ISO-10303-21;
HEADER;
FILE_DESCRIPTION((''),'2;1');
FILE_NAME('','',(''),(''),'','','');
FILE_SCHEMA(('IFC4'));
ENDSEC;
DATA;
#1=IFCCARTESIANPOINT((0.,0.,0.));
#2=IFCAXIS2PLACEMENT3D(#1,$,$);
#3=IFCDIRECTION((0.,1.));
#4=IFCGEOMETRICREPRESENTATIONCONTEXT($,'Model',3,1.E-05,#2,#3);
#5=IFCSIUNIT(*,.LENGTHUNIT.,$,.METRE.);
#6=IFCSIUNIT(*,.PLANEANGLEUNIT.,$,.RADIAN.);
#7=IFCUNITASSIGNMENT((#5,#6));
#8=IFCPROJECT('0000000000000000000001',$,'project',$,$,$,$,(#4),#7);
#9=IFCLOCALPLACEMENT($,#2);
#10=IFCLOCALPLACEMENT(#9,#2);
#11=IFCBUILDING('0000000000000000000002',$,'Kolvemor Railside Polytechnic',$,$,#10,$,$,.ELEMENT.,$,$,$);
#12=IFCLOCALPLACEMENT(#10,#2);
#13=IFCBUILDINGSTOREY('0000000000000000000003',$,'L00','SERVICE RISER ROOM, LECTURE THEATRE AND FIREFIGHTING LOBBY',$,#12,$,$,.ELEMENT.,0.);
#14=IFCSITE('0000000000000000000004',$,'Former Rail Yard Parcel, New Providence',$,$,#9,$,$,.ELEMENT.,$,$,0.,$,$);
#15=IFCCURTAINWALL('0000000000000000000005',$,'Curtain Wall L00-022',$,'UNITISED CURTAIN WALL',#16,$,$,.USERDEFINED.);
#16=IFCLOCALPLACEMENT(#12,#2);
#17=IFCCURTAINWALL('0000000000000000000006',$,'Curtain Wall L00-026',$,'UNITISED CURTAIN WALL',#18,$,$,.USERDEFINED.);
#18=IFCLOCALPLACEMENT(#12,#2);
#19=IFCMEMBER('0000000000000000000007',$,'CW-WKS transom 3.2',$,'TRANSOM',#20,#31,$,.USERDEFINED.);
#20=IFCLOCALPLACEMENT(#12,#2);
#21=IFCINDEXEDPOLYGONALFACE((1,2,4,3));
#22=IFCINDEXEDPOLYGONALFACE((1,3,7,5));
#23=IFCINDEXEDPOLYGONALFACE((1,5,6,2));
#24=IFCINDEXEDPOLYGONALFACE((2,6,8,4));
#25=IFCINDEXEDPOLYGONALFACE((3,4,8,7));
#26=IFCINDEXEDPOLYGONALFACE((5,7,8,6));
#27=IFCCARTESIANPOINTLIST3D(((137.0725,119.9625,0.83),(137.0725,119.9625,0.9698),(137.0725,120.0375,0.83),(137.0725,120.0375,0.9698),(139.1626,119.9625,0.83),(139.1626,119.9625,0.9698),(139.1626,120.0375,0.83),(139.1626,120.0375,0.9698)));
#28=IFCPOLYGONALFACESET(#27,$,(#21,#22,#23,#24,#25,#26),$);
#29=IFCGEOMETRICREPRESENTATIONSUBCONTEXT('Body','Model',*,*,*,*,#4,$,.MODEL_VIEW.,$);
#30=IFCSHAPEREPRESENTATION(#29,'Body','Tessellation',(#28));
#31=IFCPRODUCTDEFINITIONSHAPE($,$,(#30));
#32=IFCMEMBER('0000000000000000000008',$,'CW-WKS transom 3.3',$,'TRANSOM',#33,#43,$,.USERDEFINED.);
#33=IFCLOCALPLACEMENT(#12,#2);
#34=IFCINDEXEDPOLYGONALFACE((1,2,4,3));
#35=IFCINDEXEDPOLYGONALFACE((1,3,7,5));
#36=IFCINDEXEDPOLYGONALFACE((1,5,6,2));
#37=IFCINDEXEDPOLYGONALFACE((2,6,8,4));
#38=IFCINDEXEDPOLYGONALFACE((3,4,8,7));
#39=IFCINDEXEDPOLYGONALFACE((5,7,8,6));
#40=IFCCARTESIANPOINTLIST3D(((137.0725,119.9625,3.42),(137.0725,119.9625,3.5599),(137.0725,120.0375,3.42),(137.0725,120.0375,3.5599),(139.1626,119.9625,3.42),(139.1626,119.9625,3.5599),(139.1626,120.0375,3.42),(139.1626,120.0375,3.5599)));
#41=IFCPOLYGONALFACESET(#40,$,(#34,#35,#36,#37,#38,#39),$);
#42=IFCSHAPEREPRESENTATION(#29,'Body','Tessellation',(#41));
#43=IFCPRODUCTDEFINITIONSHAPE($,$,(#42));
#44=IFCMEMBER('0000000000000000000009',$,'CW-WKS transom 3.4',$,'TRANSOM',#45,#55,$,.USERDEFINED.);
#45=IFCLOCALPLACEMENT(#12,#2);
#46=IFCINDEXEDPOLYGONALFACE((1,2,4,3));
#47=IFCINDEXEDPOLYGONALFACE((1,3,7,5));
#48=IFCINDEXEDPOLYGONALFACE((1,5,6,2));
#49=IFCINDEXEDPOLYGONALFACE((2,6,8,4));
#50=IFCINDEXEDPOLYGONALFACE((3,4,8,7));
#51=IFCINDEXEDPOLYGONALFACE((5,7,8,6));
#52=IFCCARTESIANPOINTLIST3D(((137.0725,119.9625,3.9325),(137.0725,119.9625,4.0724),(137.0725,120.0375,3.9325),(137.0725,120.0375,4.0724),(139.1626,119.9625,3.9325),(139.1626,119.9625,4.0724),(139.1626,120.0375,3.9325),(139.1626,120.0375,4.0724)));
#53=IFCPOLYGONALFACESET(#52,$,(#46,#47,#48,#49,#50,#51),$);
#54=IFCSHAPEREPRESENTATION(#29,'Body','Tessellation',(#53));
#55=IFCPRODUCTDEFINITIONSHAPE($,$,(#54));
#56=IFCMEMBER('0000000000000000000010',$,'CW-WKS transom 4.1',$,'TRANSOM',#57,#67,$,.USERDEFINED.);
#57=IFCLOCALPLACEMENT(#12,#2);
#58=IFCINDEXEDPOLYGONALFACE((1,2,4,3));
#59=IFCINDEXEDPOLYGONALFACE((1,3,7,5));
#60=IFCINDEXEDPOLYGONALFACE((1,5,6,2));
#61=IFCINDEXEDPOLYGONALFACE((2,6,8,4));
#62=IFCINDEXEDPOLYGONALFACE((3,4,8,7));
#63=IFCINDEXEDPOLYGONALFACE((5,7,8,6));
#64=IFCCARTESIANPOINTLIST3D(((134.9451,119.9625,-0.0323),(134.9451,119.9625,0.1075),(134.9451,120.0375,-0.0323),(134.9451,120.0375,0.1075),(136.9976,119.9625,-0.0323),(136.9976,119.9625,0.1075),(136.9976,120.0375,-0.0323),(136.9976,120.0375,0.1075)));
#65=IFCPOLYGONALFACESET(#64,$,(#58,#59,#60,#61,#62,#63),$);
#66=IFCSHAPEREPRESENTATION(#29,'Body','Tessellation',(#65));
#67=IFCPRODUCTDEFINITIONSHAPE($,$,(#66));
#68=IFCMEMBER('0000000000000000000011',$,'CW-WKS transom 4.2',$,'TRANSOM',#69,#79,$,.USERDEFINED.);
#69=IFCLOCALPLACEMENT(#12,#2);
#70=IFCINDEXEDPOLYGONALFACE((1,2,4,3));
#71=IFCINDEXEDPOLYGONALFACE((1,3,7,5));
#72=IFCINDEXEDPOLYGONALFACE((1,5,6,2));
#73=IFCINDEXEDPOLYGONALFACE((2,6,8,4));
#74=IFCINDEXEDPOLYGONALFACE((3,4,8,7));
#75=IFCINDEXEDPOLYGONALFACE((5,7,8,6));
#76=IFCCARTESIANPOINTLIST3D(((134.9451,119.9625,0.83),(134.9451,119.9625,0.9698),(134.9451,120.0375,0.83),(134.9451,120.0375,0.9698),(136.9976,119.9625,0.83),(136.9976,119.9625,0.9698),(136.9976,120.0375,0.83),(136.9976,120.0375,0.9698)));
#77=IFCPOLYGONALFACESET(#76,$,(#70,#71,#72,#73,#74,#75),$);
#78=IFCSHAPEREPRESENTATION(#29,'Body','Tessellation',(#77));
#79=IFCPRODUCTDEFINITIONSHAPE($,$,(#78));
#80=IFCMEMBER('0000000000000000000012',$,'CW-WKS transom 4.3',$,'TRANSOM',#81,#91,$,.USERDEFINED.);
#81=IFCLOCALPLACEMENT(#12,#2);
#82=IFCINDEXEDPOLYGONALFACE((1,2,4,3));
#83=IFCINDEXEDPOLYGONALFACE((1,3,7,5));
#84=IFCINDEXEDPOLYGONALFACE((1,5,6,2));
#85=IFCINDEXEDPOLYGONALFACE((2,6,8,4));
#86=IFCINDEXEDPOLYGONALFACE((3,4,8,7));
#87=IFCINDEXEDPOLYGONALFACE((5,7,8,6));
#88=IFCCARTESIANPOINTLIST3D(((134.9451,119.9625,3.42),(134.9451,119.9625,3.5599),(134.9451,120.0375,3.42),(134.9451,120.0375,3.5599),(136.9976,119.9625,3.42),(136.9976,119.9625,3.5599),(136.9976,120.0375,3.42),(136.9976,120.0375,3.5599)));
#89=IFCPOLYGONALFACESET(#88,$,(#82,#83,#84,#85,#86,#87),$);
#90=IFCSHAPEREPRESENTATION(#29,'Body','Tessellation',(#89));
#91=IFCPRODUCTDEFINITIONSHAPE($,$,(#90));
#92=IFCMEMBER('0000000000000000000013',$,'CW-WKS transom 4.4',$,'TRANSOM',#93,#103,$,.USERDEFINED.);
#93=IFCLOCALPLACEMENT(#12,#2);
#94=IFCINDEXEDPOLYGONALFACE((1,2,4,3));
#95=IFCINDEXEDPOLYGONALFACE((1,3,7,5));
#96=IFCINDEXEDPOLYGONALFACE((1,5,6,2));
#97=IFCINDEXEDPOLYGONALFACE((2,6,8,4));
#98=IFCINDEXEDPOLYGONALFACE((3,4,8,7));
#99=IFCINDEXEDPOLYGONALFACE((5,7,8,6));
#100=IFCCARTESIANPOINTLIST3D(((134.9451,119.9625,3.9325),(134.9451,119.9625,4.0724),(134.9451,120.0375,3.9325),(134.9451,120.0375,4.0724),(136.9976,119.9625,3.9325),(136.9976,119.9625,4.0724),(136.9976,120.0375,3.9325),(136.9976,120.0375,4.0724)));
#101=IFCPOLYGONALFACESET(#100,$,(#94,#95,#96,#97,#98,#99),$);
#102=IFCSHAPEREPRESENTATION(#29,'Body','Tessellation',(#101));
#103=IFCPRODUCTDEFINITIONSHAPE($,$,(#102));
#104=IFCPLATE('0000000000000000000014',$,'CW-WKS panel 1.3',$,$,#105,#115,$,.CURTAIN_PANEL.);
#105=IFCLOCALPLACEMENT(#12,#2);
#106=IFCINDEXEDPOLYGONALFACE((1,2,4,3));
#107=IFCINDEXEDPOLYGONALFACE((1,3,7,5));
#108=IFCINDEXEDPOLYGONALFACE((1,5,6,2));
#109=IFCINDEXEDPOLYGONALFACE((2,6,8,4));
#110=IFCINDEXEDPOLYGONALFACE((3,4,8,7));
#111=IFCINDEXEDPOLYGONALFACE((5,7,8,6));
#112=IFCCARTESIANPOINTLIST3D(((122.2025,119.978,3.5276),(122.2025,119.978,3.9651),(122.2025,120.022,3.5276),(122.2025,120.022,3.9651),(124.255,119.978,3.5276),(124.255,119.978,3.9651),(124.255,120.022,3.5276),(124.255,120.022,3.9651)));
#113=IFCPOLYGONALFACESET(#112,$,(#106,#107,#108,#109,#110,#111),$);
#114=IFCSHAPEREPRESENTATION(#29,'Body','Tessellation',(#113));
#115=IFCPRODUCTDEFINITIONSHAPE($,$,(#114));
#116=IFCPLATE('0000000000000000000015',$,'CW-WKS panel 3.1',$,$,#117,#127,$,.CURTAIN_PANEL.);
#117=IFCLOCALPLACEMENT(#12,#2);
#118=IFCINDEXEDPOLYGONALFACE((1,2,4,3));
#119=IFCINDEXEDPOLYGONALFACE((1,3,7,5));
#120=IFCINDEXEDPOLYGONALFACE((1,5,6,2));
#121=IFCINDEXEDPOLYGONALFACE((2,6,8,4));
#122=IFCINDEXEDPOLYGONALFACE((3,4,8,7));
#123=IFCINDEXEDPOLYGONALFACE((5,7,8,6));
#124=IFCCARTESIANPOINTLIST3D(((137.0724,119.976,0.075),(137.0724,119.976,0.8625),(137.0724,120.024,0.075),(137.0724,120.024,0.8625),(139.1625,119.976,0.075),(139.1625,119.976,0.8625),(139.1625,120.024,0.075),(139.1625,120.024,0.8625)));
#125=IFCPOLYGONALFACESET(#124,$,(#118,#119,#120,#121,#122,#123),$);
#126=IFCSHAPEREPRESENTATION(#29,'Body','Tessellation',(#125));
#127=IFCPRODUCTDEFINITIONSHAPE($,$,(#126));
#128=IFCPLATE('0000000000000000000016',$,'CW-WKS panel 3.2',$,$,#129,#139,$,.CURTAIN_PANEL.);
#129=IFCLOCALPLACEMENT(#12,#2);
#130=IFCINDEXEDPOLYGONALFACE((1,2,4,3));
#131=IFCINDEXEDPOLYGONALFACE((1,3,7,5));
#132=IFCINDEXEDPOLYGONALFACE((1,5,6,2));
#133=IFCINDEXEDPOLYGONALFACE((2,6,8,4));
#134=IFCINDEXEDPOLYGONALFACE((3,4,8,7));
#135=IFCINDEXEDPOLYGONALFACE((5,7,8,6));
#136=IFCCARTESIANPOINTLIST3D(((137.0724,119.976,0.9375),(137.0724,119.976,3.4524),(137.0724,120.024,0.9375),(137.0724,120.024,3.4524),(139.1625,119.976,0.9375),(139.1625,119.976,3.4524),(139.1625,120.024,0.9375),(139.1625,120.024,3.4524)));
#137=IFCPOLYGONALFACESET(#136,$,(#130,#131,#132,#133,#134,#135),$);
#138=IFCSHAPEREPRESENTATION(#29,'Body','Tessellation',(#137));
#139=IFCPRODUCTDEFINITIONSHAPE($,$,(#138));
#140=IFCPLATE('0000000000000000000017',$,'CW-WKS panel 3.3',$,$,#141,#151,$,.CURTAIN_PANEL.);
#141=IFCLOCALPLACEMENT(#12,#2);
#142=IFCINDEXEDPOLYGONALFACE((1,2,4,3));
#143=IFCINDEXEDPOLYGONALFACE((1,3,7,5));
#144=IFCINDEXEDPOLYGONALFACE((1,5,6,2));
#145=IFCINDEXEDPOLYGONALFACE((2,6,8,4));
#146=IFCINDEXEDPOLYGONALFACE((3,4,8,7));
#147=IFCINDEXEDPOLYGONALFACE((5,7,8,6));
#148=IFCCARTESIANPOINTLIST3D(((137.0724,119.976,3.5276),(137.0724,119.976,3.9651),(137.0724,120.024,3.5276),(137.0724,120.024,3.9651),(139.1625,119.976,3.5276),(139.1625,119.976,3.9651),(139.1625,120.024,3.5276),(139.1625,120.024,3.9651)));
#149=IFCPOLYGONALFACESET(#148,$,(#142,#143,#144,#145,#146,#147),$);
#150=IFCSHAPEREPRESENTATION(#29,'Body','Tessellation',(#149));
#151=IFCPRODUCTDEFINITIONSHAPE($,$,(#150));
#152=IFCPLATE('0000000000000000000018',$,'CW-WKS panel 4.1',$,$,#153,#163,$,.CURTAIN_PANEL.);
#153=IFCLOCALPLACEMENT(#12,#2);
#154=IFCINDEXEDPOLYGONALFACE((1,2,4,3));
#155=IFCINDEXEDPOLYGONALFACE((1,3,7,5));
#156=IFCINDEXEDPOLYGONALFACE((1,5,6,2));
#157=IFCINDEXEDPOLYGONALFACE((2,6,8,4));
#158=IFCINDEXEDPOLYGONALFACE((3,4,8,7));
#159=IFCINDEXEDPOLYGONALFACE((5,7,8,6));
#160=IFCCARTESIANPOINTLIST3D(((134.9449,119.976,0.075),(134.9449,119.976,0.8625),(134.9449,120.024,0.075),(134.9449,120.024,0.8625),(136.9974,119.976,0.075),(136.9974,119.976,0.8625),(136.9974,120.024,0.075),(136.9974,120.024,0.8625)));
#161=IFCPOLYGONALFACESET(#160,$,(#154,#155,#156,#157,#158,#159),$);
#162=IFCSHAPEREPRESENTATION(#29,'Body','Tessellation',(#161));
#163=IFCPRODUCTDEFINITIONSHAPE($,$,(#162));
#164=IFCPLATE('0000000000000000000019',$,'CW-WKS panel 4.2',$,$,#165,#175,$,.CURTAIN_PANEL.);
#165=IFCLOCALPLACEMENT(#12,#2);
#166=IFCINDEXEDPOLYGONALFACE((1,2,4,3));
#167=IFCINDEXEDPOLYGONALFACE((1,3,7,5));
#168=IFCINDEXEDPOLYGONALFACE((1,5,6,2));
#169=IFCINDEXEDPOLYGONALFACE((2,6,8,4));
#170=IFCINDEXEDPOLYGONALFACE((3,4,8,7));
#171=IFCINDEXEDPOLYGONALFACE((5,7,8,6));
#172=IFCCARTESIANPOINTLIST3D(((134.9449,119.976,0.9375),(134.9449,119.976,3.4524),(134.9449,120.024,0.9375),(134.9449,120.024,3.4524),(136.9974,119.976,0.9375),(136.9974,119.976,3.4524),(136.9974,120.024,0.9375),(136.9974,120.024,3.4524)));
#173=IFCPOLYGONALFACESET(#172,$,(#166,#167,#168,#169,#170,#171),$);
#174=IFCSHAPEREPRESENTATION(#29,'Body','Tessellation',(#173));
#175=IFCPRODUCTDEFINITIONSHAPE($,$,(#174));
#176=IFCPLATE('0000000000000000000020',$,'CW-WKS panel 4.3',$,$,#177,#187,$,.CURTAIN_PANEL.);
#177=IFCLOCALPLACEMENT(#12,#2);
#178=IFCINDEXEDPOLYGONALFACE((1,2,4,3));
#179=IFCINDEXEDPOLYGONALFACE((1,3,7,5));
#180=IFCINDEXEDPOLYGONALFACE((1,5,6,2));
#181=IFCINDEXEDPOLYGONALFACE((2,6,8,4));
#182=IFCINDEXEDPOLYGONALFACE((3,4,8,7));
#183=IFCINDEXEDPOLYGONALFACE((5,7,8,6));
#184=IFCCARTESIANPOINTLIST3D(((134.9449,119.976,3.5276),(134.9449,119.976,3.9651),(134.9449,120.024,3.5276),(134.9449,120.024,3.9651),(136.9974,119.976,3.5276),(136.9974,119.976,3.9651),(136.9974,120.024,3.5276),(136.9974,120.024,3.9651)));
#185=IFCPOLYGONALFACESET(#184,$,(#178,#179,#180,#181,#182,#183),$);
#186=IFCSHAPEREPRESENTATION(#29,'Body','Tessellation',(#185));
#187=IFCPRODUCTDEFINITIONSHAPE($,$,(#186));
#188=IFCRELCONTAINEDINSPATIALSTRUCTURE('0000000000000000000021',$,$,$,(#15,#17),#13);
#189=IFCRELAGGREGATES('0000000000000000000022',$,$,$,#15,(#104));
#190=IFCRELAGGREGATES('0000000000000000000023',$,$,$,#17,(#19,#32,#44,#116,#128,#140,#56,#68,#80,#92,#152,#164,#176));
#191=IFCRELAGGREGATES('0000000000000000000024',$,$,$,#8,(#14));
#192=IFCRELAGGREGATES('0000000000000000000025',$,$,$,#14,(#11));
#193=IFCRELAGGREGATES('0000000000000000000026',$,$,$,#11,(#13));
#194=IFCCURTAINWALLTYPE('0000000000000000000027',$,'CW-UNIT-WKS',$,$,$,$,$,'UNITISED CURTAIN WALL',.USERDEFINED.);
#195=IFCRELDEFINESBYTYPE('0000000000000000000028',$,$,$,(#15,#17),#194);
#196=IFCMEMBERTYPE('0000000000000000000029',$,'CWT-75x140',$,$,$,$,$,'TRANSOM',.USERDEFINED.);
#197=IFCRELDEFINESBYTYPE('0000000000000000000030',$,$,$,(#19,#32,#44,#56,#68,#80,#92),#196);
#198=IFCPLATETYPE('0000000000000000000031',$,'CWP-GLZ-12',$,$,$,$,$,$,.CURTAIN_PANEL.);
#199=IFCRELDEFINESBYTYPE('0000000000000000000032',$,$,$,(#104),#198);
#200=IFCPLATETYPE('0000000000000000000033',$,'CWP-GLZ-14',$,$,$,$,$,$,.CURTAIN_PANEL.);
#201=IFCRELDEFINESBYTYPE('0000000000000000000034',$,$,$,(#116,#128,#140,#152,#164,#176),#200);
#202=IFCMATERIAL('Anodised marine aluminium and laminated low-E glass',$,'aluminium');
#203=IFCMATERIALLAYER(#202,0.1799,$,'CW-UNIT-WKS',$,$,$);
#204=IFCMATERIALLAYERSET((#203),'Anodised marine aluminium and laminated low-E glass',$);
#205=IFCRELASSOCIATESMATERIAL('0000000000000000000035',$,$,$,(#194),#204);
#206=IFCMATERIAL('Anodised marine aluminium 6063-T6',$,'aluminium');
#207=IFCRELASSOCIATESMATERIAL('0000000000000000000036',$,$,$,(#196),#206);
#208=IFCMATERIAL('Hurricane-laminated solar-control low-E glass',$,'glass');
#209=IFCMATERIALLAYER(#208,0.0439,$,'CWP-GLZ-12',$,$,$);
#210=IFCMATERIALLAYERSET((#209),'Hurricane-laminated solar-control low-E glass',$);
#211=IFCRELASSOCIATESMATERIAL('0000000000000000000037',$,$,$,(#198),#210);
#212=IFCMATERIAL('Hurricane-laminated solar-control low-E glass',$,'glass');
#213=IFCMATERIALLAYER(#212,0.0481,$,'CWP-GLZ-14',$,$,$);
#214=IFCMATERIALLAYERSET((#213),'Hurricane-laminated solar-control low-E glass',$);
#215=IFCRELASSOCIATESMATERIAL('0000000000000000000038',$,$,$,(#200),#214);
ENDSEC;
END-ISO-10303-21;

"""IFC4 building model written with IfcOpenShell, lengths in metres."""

from ifc_helpers import new_model, si_unit, direction, frame, origin, origin_2d, place, context, subcontext, project, spatial, rectangle, extrude, material, layer, layer_set, material_profile, profile_set, type_object, element, aggregate, save


model = new_model("IFC4")

# Units and contexts
model_context = context("Model", 3, precision=1e-05, world=origin(), true_north=direction((0.0, 1.0)))
body_context = subcontext(model_context, "Body", "Model", "MODEL_VIEW")
ifc_project = project(units=[si_unit("LENGTHUNIT", "METRE"), si_unit("PLANEANGLEUNIT", "RADIAN")], contexts=[model_context])

# Site, building, storey
site_placement = place(None, origin())
site = spatial("IfcSite", under=ifc_project, at=site_placement, Name="Former Rail Yard Parcel, New Providence", CompositionType="ELEMENT", RefElevation=0.0)
building_placement = place(site_placement, origin())
building = spatial("IfcBuilding", under=site, at=building_placement, Name="Kolvemor Railside Polytechnic", CompositionType="ELEMENT")
storey_placement = place(building_placement, origin())
storey = spatial("IfcBuildingStorey", under=building, at=storey_placement, Name="L00", Description="SERVICE RISER ROOM, LECTURE THEATRE AND FIREFIGHTING LOBBY", CompositionType="ELEMENT", Elevation=0.0)

# Curtain wall
ifc_material_1 = material(Name="Anodised marine aluminium and laminated low-E glass", Category="aluminium")
ifc_layer_1 = layer(ifc_material_1, 0.1799, Name="CW-UNIT-WKS")
ifc_layer_set_1 = layer_set([ifc_layer_1], Name="Anodised marine aluminium and laminated low-E glass")
curtain_wall_type = type_object("IfcCurtainWallType", Name="CW-UNIT-WKS", ElementType="UNITISED CURTAIN WALL", PredefinedType="USERDEFINED", material=ifc_layer_set_1)
curtain_wall_1_placement = place(storey_placement, origin())
curtain_wall_1 = element("IfcCurtainWall", 1, at=curtain_wall_1_placement, inside=storey, type_object=curtain_wall_type, Name="Curtain Wall L00-022", ObjectType="UNITISED CURTAIN WALL", PredefinedType="USERDEFINED")

# Curtain wall
curtain_wall_2_placement = place(storey_placement, origin())
curtain_wall_2 = element("IfcCurtainWall", 2, at=curtain_wall_2_placement, inside=storey, type_object=curtain_wall_type, Name="Curtain Wall L00-026", ObjectType="UNITISED CURTAIN WALL", PredefinedType="USERDEFINED")

# Members
ifc_material_2 = material(Name="Anodised marine aluminium 6063-T6", Category="aluminium")
ifc_material_profile_1 = material_profile(ifc_material_2, rectangle(XDim=0.075, YDim=0.1399, at=origin_2d()), Name="CW-TRN-75x140")
ifc_profile_set_1 = profile_set([ifc_material_profile_1], Name="Anodised marine aluminium 6063-T6")
member_type_1 = type_object("IfcMemberType", Name="CWT-75x140", ElementType="TRANSOM", PredefinedType="USERDEFINED", material=ifc_profile_set_1)
member_1_placement = place(storey_placement, frame((139.1626, 120.0, 0.8999), z_axis=(-1.0, 0.0, 0.0), x_axis=(0.0, -1.0, 0.0)))
member_1 = element("IfcMember", 3, at=member_1_placement, type_object=member_type_1, Name="CW-WKS transom 3.2", ObjectType="TRANSOM", PredefinedType="USERDEFINED", context=body_context, shape_type="SweptSolid", body=[
    extrude(rectangle(XDim=0.075, YDim=0.1399, at=origin_2d()), origin(), (0.0, 0.0, 1.0), 2.0901),
])
member_2_placement = place(storey_placement, frame((139.1626, 120.0, 3.49), z_axis=(-1.0, 0.0, 0.0), x_axis=(0.0, -1.0, 0.0)))
member_2 = element("IfcMember", 4, at=member_2_placement, type_object=member_type_1, Name="CW-WKS transom 3.3", ObjectType="TRANSOM", PredefinedType="USERDEFINED", context=body_context, shape_type="SweptSolid", body=[
    extrude(rectangle(XDim=0.075, YDim=0.1399, at=origin_2d()), origin(), (0.0, 0.0, 1.0), 2.0901),
])
member_3_placement = place(storey_placement, frame((139.1626, 120.0, 4.0024), z_axis=(-1.0, 0.0, 0.0), x_axis=(0.0, -1.0, 0.0)))
member_3 = element("IfcMember", 5, at=member_3_placement, type_object=member_type_1, Name="CW-WKS transom 3.4", ObjectType="TRANSOM", PredefinedType="USERDEFINED", context=body_context, shape_type="SweptSolid", body=[
    extrude(rectangle(XDim=0.075, YDim=0.1399, at=origin_2d()), origin(), (0.0, 0.0, 1.0), 2.0901),
])
member_4_placement = place(storey_placement, frame((136.9976, 120.0, 0.0376), z_axis=(-1.0, 0.0, 0.0), x_axis=(0.0, -1.0, 0.0)))
member_4 = element("IfcMember", 6, at=member_4_placement, type_object=member_type_1, Name="CW-WKS transom 4.1", ObjectType="TRANSOM", PredefinedType="USERDEFINED", context=body_context, shape_type="SweptSolid", body=[
    extrude(rectangle(XDim=0.075, YDim=0.1399, at=origin_2d()), origin(), (0.0, 0.0, 1.0), 2.0525),
])
member_5_placement = place(storey_placement, frame((136.9976, 120.0, 0.8999), z_axis=(-1.0, 0.0, 0.0), x_axis=(0.0, -1.0, 0.0)))
member_5 = element("IfcMember", 7, at=member_5_placement, type_object=member_type_1, Name="CW-WKS transom 4.2", ObjectType="TRANSOM", PredefinedType="USERDEFINED", context=body_context, shape_type="SweptSolid", body=[
    extrude(rectangle(XDim=0.075, YDim=0.1399, at=origin_2d()), origin(), (0.0, 0.0, 1.0), 2.0525),
])
member_6_placement = place(storey_placement, frame((136.9976, 120.0, 3.49), z_axis=(-1.0, 0.0, 0.0), x_axis=(0.0, -1.0, 0.0)))
member_6 = element("IfcMember", 8, at=member_6_placement, type_object=member_type_1, Name="CW-WKS transom 4.3", ObjectType="TRANSOM", PredefinedType="USERDEFINED", context=body_context, shape_type="SweptSolid", body=[
    extrude(rectangle(XDim=0.075, YDim=0.1399, at=origin_2d()), origin(), (0.0, 0.0, 1.0), 2.0525),
])
member_7_placement = place(storey_placement, frame((136.9976, 120.0, 4.0024), z_axis=(-1.0, 0.0, 0.0), x_axis=(0.0, -1.0, 0.0)))
member_7 = element("IfcMember", 9, at=member_7_placement, type_object=member_type_1, Name="CW-WKS transom 4.4", ObjectType="TRANSOM", PredefinedType="USERDEFINED", context=body_context, shape_type="SweptSolid", body=[
    extrude(rectangle(XDim=0.075, YDim=0.1399, at=origin_2d()), origin(), (0.0, 0.0, 1.0), 2.0525),
])

# Plates
ifc_material_3 = material(Name="Hurricane-laminated solar-control low-E glass", Category="glass")
ifc_layer_2 = layer(ifc_material_3, 0.0439, Name="CWP-GLZ-12")
ifc_layer_set_2 = layer_set([ifc_layer_2], Name="Hurricane-laminated solar-control low-E glass")
plate_type_1 = type_object("IfcPlateType", Name="CWP-GLZ-12", PredefinedType="CURTAIN_PANEL", material=ifc_layer_set_2)
plate_1_placement = place(storey_placement, frame((123.2288, 120.0, 3.5276), z_axis=(0.0, 0.0, 1.0), x_axis=(-1.0, 0.0, 0.0)))
plate_1 = element("IfcPlate", 10, at=plate_1_placement, type_object=plate_type_1, Name="CW-WKS panel 1.3", PredefinedType="CURTAIN_PANEL", context=body_context, shape_type="SweptSolid", body=[
    extrude(rectangle(XDim=2.0525, YDim=0.0439, at=origin_2d()), origin(), (0.0, 0.0, 1.0), 0.4375),
])
aggregate(curtain_wall_1, [plate_1])
ifc_material_4 = material(Name="Hurricane-laminated solar-control low-E glass", Category="glass")
ifc_layer_3 = layer(ifc_material_4, 0.0481, Name="CWP-GLZ-14")
ifc_layer_set_3 = layer_set([ifc_layer_3], Name="Hurricane-laminated solar-control low-E glass")
plate_type_2 = type_object("IfcPlateType", Name="CWP-GLZ-14", PredefinedType="CURTAIN_PANEL", material=ifc_layer_set_3)
plate_2_placement = place(storey_placement, frame((138.1174, 120.0, 0.075), z_axis=(0.0, 0.0, 1.0), x_axis=(-1.0, 0.0, 0.0)))
plate_2 = element("IfcPlate", 11, at=plate_2_placement, type_object=plate_type_2, Name="CW-WKS panel 3.1", PredefinedType="CURTAIN_PANEL", context=body_context, shape_type="SweptSolid", body=[
    extrude(rectangle(XDim=2.0901, YDim=0.0481, at=origin_2d()), origin(), (0.0, 0.0, 1.0), 0.7876),
])
plate_3_placement = place(storey_placement, frame((138.1174, 120.0, 0.9375), z_axis=(0.0, 0.0, 1.0), x_axis=(-1.0, 0.0, 0.0)))
plate_3 = element("IfcPlate", 12, at=plate_3_placement, type_object=plate_type_2, Name="CW-WKS panel 3.2", PredefinedType="CURTAIN_PANEL", context=body_context, shape_type="SweptSolid", body=[
    extrude(rectangle(XDim=2.0901, YDim=0.0481, at=origin_2d()), origin(), (0.0, 0.0, 1.0), 2.5149),
])
plate_4_placement = place(storey_placement, frame((138.1174, 120.0, 3.5276), z_axis=(0.0, 0.0, 1.0), x_axis=(-1.0, 0.0, 0.0)))
plate_4 = element("IfcPlate", 13, at=plate_4_placement, type_object=plate_type_2, Name="CW-WKS panel 3.3", PredefinedType="CURTAIN_PANEL", context=body_context, shape_type="SweptSolid", body=[
    extrude(rectangle(XDim=2.0901, YDim=0.0481, at=origin_2d()), origin(), (0.0, 0.0, 1.0), 0.4375),
])
plate_5_placement = place(storey_placement, frame((135.9712, 120.0, 0.075), z_axis=(0.0, 0.0, 1.0), x_axis=(-1.0, 0.0, 0.0)))
plate_5 = element("IfcPlate", 14, at=plate_5_placement, type_object=plate_type_2, Name="CW-WKS panel 4.1", PredefinedType="CURTAIN_PANEL", context=body_context, shape_type="SweptSolid", body=[
    extrude(rectangle(XDim=2.0525, YDim=0.0481, at=origin_2d()), origin(), (0.0, 0.0, 1.0), 0.7876),
])
plate_6_placement = place(storey_placement, frame((135.9712, 120.0, 0.9375), z_axis=(0.0, 0.0, 1.0), x_axis=(-1.0, 0.0, 0.0)))
plate_6 = element("IfcPlate", 15, at=plate_6_placement, type_object=plate_type_2, Name="CW-WKS panel 4.2", PredefinedType="CURTAIN_PANEL", context=body_context, shape_type="SweptSolid", body=[
    extrude(rectangle(XDim=2.0525, YDim=0.0481, at=origin_2d()), origin(), (0.0, 0.0, 1.0), 2.5149),
])
plate_7_placement = place(storey_placement, frame((135.9712, 120.0, 3.5276), z_axis=(0.0, 0.0, 1.0), x_axis=(-1.0, 0.0, 0.0)))
plate_7 = element("IfcPlate", 16, at=plate_7_placement, type_object=plate_type_2, Name="CW-WKS panel 4.3", PredefinedType="CURTAIN_PANEL", context=body_context, shape_type="SweptSolid", body=[
    extrude(rectangle(XDim=2.0525, YDim=0.0481, at=origin_2d()), origin(), (0.0, 0.0, 1.0), 0.4375),
])
aggregate(curtain_wall_2, [member_1, member_2, member_3, plate_2, plate_3, plate_4, member_4, member_5, member_6, member_7, plate_5, plate_6, plate_7])

save(model, "model.ifc")
